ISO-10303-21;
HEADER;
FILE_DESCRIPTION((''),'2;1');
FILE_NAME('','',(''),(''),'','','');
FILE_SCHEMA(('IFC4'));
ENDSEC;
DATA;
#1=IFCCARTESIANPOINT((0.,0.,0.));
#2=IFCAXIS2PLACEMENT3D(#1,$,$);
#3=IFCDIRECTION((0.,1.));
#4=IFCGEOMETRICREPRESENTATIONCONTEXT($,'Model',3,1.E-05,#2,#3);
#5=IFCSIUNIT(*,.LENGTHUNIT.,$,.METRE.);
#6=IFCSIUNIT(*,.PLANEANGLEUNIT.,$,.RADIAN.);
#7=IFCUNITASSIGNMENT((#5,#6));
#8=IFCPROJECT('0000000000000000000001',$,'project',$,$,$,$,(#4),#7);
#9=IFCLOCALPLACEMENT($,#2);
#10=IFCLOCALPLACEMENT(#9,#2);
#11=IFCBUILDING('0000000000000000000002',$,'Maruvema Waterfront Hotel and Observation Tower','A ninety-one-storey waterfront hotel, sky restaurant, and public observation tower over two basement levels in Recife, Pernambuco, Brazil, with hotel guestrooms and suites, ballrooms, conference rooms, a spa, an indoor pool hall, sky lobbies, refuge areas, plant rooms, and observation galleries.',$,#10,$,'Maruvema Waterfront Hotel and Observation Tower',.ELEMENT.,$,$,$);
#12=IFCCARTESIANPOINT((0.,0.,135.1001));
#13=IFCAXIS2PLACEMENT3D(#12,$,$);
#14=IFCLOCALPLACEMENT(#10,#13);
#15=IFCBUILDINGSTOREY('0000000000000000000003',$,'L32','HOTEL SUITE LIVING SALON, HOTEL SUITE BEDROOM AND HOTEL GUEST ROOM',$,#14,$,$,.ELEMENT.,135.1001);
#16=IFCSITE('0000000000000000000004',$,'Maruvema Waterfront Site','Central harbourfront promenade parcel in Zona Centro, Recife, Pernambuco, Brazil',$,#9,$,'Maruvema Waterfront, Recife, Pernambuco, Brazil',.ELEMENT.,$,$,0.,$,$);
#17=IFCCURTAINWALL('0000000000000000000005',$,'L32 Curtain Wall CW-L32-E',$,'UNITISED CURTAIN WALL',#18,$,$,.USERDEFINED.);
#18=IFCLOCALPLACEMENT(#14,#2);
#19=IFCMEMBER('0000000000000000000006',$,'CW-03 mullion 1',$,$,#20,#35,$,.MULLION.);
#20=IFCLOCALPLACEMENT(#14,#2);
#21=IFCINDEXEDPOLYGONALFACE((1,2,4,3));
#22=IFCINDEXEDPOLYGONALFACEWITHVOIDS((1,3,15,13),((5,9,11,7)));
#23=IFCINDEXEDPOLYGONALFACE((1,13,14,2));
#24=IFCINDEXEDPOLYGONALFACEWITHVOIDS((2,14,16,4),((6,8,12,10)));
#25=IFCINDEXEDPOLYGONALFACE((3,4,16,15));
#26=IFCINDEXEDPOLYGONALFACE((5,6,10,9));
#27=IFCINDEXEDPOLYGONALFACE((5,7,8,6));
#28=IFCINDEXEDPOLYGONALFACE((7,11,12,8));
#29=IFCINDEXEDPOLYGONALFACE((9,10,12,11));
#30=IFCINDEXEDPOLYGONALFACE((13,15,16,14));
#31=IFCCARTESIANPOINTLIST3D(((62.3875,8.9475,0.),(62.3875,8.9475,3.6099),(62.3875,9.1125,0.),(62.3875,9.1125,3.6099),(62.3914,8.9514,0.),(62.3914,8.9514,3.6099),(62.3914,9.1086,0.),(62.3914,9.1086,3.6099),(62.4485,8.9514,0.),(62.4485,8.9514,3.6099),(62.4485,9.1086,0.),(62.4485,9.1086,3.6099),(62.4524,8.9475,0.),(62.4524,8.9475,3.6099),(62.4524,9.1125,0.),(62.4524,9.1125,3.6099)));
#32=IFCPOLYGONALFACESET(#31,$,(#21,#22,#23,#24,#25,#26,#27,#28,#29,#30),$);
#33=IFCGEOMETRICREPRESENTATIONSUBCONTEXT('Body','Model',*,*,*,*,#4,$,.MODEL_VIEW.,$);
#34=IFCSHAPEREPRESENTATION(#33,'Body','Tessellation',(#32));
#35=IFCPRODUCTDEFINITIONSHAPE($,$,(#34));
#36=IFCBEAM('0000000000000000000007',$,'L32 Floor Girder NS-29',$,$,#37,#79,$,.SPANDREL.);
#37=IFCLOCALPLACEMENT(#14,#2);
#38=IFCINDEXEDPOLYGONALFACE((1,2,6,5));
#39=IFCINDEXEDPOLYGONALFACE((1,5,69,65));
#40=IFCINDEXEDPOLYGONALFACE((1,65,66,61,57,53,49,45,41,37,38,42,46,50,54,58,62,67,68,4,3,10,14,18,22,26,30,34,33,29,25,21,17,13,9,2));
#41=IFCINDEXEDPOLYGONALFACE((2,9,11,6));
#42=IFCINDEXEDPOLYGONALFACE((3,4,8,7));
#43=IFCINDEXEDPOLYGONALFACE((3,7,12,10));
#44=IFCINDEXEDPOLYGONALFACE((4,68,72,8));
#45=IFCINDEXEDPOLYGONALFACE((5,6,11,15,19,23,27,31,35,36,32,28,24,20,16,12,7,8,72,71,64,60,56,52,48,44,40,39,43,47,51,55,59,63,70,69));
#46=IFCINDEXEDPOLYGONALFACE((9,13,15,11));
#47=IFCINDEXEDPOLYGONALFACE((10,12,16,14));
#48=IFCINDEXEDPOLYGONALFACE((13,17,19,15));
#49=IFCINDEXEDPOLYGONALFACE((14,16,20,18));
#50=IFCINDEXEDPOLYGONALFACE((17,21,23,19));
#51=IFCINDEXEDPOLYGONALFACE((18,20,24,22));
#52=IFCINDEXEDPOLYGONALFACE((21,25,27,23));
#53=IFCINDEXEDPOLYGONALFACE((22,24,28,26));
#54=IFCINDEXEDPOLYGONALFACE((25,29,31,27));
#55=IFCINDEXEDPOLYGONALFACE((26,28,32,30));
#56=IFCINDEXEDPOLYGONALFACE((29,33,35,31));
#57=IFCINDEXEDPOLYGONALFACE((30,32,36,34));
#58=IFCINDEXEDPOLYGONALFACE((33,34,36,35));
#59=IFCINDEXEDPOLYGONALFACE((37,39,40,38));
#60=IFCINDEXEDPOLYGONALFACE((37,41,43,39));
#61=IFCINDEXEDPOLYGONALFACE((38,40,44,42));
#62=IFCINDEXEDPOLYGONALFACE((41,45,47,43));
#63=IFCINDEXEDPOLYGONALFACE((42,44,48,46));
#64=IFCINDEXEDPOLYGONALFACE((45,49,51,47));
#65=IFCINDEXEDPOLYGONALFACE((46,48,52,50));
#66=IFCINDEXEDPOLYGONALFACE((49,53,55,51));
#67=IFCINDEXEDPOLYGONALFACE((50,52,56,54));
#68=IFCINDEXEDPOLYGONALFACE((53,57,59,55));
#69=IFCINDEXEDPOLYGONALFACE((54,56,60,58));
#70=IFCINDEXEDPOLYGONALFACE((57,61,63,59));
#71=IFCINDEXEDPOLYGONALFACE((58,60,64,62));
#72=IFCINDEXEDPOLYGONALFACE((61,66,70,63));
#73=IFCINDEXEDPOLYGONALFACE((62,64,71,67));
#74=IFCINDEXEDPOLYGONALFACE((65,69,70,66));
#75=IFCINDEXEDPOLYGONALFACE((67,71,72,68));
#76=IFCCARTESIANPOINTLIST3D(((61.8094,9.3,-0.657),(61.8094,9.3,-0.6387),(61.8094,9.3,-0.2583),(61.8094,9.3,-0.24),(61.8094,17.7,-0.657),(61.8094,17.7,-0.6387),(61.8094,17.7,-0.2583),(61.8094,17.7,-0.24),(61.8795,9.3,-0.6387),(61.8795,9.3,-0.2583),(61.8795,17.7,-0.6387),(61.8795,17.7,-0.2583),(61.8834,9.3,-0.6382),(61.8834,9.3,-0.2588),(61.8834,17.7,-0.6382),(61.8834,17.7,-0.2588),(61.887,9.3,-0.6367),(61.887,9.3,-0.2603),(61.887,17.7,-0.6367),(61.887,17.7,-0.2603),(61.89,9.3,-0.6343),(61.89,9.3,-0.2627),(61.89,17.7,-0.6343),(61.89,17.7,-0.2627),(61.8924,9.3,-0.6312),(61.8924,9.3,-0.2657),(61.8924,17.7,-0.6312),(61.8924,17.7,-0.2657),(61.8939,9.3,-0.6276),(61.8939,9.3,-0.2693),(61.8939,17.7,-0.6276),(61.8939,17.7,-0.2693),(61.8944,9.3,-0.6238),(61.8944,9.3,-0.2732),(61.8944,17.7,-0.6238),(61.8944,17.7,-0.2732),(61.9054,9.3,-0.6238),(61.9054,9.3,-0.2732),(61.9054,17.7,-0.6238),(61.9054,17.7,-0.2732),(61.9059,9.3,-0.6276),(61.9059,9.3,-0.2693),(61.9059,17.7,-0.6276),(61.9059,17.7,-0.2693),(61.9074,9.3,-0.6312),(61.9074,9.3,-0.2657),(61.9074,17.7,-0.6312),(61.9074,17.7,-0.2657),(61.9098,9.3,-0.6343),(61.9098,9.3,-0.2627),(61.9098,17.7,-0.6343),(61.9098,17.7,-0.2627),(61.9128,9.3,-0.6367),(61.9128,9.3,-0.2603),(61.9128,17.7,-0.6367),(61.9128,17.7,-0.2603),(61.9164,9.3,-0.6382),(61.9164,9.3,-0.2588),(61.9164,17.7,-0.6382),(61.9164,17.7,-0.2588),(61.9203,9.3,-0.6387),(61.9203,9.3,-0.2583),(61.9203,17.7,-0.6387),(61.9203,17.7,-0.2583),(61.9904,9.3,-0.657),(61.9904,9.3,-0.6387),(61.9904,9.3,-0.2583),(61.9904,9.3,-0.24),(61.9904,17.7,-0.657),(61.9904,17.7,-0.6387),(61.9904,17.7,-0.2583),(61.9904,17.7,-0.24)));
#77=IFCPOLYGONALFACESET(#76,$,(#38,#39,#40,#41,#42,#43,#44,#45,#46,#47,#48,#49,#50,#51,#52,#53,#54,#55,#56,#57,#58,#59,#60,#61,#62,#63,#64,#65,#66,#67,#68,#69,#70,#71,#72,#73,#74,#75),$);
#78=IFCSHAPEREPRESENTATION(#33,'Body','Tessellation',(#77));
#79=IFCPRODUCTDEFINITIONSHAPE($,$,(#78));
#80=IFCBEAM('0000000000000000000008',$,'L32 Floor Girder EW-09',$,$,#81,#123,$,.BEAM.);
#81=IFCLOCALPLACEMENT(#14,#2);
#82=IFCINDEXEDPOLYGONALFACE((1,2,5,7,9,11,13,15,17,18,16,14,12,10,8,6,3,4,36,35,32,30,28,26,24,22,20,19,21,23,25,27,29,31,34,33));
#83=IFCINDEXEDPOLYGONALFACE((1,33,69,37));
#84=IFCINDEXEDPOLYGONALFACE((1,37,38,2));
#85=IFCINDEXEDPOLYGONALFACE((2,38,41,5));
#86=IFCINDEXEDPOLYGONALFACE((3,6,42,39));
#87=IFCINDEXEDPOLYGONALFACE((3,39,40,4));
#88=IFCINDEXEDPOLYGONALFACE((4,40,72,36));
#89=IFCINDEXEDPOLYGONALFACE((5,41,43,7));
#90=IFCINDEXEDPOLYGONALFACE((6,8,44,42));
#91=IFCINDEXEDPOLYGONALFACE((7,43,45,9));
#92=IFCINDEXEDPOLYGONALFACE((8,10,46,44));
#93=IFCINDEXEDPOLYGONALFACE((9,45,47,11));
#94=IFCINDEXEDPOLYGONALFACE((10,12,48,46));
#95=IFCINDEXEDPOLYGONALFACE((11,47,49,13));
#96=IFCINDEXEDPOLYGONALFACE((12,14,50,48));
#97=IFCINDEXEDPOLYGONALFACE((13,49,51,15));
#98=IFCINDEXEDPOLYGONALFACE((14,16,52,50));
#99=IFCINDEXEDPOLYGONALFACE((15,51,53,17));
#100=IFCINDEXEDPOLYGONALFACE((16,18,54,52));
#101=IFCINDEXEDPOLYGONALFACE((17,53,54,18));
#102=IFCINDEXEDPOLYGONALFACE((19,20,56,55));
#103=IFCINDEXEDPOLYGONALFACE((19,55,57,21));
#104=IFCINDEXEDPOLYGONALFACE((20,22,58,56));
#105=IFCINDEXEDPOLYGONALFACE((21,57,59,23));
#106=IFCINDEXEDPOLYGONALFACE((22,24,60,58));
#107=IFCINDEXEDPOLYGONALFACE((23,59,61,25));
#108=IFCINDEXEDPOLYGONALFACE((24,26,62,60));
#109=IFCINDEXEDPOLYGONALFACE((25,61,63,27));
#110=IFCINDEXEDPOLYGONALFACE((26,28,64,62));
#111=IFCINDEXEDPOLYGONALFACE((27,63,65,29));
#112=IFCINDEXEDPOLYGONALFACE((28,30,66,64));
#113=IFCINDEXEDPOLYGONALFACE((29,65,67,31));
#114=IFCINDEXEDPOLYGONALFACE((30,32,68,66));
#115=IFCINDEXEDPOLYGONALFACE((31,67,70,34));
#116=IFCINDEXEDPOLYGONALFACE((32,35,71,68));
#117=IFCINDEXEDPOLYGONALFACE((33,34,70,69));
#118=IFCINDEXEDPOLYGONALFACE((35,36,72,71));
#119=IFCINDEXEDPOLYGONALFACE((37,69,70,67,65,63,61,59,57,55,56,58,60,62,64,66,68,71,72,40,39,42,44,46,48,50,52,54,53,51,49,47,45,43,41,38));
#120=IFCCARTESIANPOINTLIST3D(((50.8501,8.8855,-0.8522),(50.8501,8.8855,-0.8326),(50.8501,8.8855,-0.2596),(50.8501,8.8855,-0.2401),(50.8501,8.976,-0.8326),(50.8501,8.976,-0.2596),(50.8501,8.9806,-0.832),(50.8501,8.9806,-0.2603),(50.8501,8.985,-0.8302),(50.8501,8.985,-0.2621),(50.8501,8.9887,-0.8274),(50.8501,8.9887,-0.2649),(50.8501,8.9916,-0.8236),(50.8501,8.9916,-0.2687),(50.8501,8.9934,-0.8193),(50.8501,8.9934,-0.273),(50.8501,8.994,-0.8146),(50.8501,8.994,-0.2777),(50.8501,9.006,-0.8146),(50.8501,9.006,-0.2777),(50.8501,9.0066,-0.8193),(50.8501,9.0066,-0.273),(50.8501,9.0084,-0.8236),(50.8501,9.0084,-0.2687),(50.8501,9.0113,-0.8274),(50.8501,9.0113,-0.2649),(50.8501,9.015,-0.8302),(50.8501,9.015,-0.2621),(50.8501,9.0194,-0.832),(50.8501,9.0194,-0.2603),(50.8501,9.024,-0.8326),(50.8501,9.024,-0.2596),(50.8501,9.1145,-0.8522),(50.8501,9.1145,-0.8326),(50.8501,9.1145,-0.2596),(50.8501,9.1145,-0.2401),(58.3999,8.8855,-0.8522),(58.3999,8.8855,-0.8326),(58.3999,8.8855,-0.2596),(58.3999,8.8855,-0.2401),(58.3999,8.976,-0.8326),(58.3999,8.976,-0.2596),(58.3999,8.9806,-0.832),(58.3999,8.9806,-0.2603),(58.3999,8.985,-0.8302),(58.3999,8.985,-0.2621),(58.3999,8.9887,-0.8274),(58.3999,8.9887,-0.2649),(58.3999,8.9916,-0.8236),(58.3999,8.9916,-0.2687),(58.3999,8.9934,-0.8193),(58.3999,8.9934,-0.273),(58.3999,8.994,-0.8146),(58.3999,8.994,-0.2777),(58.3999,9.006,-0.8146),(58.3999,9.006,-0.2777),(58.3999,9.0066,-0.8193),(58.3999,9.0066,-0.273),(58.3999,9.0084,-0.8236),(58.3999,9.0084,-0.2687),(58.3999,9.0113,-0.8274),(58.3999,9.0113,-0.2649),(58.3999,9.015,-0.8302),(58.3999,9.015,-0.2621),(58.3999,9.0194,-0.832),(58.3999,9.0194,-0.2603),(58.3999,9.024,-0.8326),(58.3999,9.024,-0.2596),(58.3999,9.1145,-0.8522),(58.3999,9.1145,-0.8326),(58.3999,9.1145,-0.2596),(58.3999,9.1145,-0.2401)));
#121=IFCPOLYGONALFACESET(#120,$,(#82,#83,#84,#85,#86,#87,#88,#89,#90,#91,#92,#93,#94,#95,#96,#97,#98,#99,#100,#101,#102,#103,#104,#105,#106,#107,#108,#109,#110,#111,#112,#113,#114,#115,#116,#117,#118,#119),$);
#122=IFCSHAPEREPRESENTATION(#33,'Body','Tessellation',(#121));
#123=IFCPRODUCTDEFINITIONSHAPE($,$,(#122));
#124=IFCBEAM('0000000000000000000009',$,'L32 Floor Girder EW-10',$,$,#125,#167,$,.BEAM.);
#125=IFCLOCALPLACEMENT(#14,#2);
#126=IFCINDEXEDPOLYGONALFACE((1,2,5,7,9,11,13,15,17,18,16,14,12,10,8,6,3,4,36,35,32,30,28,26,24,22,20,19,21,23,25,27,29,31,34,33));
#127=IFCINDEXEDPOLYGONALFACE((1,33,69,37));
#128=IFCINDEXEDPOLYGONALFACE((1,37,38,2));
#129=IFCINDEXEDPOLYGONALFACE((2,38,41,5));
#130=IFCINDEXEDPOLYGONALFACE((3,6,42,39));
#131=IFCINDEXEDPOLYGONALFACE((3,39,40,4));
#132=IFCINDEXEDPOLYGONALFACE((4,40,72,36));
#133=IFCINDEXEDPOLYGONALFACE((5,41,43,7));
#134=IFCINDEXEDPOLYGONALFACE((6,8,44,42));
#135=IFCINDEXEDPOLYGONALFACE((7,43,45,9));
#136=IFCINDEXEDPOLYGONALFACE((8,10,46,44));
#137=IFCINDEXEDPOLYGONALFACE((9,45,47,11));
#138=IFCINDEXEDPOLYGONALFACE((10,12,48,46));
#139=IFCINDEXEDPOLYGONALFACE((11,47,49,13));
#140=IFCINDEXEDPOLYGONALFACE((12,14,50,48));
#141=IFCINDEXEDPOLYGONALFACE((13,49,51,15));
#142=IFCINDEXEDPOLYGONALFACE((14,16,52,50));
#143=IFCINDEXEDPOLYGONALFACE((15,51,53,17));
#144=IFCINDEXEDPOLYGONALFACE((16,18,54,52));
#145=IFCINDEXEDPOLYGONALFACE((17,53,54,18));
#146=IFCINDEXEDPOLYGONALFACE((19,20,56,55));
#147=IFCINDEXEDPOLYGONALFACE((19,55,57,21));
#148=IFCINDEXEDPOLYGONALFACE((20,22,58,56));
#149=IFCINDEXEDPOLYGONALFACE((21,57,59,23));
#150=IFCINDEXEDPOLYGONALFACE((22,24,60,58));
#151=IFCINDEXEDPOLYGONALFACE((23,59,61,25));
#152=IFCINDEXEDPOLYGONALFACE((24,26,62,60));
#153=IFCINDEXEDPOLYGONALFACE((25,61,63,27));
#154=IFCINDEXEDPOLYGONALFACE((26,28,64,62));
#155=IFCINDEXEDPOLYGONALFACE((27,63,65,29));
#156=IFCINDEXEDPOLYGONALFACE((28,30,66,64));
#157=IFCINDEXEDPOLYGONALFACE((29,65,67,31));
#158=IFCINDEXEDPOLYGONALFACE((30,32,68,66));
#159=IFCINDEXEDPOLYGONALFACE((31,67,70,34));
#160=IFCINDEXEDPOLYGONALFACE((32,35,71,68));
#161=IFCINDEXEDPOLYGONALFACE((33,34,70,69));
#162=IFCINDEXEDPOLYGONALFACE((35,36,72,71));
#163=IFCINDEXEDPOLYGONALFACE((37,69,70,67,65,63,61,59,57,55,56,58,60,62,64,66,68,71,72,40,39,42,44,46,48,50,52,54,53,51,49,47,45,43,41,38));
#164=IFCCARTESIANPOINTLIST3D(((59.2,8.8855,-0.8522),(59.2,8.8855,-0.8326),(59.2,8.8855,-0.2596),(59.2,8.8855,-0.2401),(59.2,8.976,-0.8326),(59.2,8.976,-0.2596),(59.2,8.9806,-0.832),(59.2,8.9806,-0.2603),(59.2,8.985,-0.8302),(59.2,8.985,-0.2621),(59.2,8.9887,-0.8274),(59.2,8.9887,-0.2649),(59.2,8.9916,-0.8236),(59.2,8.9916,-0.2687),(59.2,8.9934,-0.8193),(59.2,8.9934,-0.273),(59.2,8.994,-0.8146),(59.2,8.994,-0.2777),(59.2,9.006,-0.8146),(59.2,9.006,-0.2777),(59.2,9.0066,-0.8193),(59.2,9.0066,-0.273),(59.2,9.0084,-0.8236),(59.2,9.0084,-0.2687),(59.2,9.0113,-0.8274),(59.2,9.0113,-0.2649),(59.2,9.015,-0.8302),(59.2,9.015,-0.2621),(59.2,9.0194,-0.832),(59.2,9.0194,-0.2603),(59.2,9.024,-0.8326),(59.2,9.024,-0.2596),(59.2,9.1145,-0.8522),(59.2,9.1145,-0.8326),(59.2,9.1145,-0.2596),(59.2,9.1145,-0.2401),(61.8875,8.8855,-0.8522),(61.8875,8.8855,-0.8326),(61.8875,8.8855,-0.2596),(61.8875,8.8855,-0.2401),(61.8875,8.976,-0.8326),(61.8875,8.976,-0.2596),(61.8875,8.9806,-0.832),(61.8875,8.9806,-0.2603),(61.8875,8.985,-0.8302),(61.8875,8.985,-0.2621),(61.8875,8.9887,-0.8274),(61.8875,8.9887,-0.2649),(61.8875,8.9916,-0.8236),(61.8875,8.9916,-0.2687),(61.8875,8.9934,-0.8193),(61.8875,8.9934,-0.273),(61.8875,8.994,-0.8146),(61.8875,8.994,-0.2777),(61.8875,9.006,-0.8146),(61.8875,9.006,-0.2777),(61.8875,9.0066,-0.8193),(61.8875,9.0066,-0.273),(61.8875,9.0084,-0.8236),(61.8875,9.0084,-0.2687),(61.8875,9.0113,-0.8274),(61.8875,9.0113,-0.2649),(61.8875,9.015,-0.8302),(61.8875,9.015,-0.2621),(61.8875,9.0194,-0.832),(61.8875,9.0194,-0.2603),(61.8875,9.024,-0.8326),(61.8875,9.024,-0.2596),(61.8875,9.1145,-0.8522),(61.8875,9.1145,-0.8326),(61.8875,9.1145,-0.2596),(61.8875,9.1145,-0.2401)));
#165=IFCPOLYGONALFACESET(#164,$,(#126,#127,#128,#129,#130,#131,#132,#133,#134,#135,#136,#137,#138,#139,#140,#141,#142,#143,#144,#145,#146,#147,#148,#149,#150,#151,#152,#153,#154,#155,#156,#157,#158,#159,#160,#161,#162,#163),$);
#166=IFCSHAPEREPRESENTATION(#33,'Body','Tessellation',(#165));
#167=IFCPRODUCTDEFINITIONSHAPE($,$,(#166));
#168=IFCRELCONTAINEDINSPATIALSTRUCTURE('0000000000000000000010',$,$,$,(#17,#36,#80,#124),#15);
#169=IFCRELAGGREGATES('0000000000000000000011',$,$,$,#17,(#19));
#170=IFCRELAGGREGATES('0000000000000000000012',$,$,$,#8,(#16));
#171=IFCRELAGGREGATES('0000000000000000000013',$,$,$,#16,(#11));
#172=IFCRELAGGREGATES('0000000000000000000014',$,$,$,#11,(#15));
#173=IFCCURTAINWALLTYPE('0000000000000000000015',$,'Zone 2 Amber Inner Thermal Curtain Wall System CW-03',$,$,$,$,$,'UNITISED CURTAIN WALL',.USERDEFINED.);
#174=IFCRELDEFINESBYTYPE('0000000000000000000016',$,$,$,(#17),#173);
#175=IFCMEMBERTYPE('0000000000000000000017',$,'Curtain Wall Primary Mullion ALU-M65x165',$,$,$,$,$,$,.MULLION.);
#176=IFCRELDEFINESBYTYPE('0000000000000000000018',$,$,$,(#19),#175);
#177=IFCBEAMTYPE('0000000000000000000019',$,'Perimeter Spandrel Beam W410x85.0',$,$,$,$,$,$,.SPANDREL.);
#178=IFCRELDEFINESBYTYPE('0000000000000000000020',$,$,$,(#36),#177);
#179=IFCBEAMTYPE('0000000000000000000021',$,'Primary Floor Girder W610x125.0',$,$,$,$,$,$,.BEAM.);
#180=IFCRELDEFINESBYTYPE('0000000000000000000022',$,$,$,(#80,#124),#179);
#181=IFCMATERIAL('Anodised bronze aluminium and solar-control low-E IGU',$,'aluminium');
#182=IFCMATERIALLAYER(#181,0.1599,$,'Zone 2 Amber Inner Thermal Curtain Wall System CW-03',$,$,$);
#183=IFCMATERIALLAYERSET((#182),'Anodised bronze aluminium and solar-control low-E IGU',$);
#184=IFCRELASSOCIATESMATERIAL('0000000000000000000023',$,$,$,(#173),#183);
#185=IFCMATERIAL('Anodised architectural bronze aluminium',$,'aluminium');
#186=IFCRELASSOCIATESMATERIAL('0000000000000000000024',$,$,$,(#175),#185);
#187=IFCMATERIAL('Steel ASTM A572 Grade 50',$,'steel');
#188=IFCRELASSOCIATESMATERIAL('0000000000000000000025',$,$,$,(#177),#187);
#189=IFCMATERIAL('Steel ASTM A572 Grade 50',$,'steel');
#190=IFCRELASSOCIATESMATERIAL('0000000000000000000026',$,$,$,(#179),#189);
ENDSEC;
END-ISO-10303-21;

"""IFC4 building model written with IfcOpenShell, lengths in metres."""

from ifc_helpers import new_model, si_unit, direction, frame, origin, origin_2d, place, context, subcontext, project, spatial, hollow_rectangle, i_section, extrude, material, layer, layer_set, material_profile, profile_set, type_object, element, aggregate, save


model = new_model("IFC4")

# Units and contexts
model_context = context("Model", 3, precision=1e-05, world=origin(), true_north=direction((0.0, 1.0)))
body_context = subcontext(model_context, "Body", "Model", "MODEL_VIEW")
ifc_project = project(units=[si_unit("LENGTHUNIT", "METRE"), si_unit("PLANEANGLEUNIT", "RADIAN")], contexts=[model_context])

# Site, building, storey
site_placement = place(None, origin())
site = spatial("IfcSite", under=ifc_project, at=site_placement, Name="Maruvema Waterfront Site", Description="Central harbourfront promenade parcel in Zona Centro, Recife, Pernambuco, Brazil", LongName="Maruvema Waterfront, Recife, Pernambuco, Brazil", CompositionType="ELEMENT", RefElevation=0.0)
building_placement = place(site_placement, origin())
building = spatial("IfcBuilding", under=site, at=building_placement, Name="Maruvema Waterfront Hotel and Observation Tower", Description="A ninety-one-storey waterfront hotel, sky restaurant, and public observation tower over two basement levels in Recife, Pernambuco, Brazil, with hotel guestrooms and suites, ballrooms, conference rooms, a spa, an indoor pool hall, sky lobbies, refuge areas, plant rooms, and observation galleries.", LongName="Maruvema Waterfront Hotel and Observation Tower", CompositionType="ELEMENT")
storey_placement = place(building_placement, frame((0.0, 0.0, 135.1001)))
storey = spatial("IfcBuildingStorey", under=building, at=storey_placement, Name="L32", Description="HOTEL SUITE LIVING SALON, HOTEL SUITE BEDROOM AND HOTEL GUEST ROOM", CompositionType="ELEMENT", Elevation=135.1001)

# Curtain wall
ifc_material_1 = material(Name="Anodised bronze aluminium and solar-control low-E IGU", Category="aluminium")
ifc_layer_1 = layer(ifc_material_1, 0.1599, Name="Zone 2 Amber Inner Thermal Curtain Wall System CW-03")
ifc_layer_set_1 = layer_set([ifc_layer_1], Name="Anodised bronze aluminium and solar-control low-E IGU")
curtain_wall_type = type_object("IfcCurtainWallType", Name="Zone 2 Amber Inner Thermal Curtain Wall System CW-03", ElementType="UNITISED CURTAIN WALL", PredefinedType="USERDEFINED", material=ifc_layer_set_1)
curtain_wall_1_placement = place(storey_placement, origin())
curtain_wall_1 = element("IfcCurtainWall", 1, at=curtain_wall_1_placement, inside=storey, type_object=curtain_wall_type, Name="L32 Curtain Wall CW-L32-E", ObjectType="UNITISED CURTAIN WALL", PredefinedType="USERDEFINED")

# Member
ifc_material_2 = material(Name="Anodised architectural bronze aluminium", Category="aluminium")
ifc_material_profile_1 = material_profile(ifc_material_2, hollow_rectangle(XDim=0.0649, YDim=0.165, WallThickness=0.0039, at=origin_2d()), Name="ALU-M65x165")
ifc_profile_set_1 = profile_set([ifc_material_profile_1], Name="Anodised architectural bronze aluminium")
member_type_1 = type_object("IfcMemberType", Name="Curtain Wall Primary Mullion ALU-M65x165", PredefinedType="MULLION", material=ifc_profile_set_1)
member_1_placement = place(storey_placement, frame((62.4199, 9.03, 0.0), z_axis=(0.0, 0.0, 1.0), x_axis=(-1.0, 0.0, 0.0)))
member_1 = element("IfcMember", 2, at=member_1_placement, type_object=member_type_1, Name="CW-03 mullion 1", PredefinedType="MULLION", context=body_context, shape_type="SweptSolid", body=[
    extrude(hollow_rectangle(XDim=0.0649, YDim=0.165, WallThickness=0.0039, at=origin_2d()), origin(), (0.0, 0.0, 1.0), 3.6099),
])

# Beams
ifc_material_3 = material(Name="Steel ASTM A572 Grade 50", Category="steel")
ifc_material_profile_2 = material_profile(ifc_material_3, i_section(OverallWidth=0.1809, OverallDepth=0.417, WebThickness=0.011, FlangeThickness=0.0183, FilletRadius=0.0149, at=origin_2d()), Name="W410x85.0")
ifc_profile_set_2 = profile_set([ifc_material_profile_2], Name="Steel ASTM A572 Grade 50")
beam_type_1 = type_object("IfcBeamType", Name="Perimeter Spandrel Beam W410x85.0", PredefinedType="SPANDREL", material=ifc_profile_set_2)
beam_1_placement = place(storey_placement, frame((61.8999, 9.3, -0.4485), z_axis=(0.0, 1.0, 0.0), x_axis=(-1.0, 0.0, 0.0)))
element("IfcBeam", 3, at=beam_1_placement, inside=storey, type_object=beam_type_1, Name="L32 Floor Girder NS-29", PredefinedType="SPANDREL", context=body_context, shape_type="SweptSolid", body=[
    extrude(i_section(OverallWidth=0.1809, OverallDepth=0.417, WebThickness=0.011, FlangeThickness=0.0183, FilletRadius=0.0149, at=origin_2d()), origin(), (0.0, 0.0, 1.0), 8.3999),
])
ifc_material_4 = material(Name="Steel ASTM A572 Grade 50", Category="steel")
ifc_material_profile_3 = material_profile(ifc_material_4, i_section(OverallWidth=0.229, OverallDepth=0.6121, WebThickness=0.012, FlangeThickness=0.0195, FilletRadius=0.0181, at=origin_2d()), Name="W610x125.0")
ifc_profile_set_3 = profile_set([ifc_material_profile_3], Name="Steel ASTM A572 Grade 50")
beam_type_2 = type_object("IfcBeamType", Name="Primary Floor Girder W610x125.0", PredefinedType="BEAM", material=ifc_profile_set_3)
beam_2_placement = place(storey_placement, frame((50.8501, 9.0, -0.5461), z_axis=(1.0, 0.0, 0.0), x_axis=(0.0, 1.0, 0.0)))
element("IfcBeam", 4, at=beam_2_placement, inside=storey, type_object=beam_type_2, Name="L32 Floor Girder EW-09", PredefinedType="BEAM", context=body_context, shape_type="SweptSolid", body=[
    extrude(i_section(OverallWidth=0.229, OverallDepth=0.6121, WebThickness=0.012, FlangeThickness=0.0195, FilletRadius=0.0181, at=origin_2d()), origin(), (0.0, 0.0, 1.0), 7.5498),
])
beam_3_placement = place(storey_placement, frame((59.2, 9.0, -0.5461), z_axis=(1.0, 0.0, 0.0), x_axis=(0.0, 1.0, 0.0)))
element("IfcBeam", 5, at=beam_3_placement, inside=storey, type_object=beam_type_2, Name="L32 Floor Girder EW-10", PredefinedType="BEAM", context=body_context, shape_type="SweptSolid", body=[
    extrude(i_section(OverallWidth=0.229, OverallDepth=0.6121, WebThickness=0.012, FlangeThickness=0.0195, FilletRadius=0.0181, at=origin_2d()), origin(), (0.0, 0.0, 1.0), 2.6875),
])

aggregate(curtain_wall_1, [member_1])

save(model, "model.ifc")
